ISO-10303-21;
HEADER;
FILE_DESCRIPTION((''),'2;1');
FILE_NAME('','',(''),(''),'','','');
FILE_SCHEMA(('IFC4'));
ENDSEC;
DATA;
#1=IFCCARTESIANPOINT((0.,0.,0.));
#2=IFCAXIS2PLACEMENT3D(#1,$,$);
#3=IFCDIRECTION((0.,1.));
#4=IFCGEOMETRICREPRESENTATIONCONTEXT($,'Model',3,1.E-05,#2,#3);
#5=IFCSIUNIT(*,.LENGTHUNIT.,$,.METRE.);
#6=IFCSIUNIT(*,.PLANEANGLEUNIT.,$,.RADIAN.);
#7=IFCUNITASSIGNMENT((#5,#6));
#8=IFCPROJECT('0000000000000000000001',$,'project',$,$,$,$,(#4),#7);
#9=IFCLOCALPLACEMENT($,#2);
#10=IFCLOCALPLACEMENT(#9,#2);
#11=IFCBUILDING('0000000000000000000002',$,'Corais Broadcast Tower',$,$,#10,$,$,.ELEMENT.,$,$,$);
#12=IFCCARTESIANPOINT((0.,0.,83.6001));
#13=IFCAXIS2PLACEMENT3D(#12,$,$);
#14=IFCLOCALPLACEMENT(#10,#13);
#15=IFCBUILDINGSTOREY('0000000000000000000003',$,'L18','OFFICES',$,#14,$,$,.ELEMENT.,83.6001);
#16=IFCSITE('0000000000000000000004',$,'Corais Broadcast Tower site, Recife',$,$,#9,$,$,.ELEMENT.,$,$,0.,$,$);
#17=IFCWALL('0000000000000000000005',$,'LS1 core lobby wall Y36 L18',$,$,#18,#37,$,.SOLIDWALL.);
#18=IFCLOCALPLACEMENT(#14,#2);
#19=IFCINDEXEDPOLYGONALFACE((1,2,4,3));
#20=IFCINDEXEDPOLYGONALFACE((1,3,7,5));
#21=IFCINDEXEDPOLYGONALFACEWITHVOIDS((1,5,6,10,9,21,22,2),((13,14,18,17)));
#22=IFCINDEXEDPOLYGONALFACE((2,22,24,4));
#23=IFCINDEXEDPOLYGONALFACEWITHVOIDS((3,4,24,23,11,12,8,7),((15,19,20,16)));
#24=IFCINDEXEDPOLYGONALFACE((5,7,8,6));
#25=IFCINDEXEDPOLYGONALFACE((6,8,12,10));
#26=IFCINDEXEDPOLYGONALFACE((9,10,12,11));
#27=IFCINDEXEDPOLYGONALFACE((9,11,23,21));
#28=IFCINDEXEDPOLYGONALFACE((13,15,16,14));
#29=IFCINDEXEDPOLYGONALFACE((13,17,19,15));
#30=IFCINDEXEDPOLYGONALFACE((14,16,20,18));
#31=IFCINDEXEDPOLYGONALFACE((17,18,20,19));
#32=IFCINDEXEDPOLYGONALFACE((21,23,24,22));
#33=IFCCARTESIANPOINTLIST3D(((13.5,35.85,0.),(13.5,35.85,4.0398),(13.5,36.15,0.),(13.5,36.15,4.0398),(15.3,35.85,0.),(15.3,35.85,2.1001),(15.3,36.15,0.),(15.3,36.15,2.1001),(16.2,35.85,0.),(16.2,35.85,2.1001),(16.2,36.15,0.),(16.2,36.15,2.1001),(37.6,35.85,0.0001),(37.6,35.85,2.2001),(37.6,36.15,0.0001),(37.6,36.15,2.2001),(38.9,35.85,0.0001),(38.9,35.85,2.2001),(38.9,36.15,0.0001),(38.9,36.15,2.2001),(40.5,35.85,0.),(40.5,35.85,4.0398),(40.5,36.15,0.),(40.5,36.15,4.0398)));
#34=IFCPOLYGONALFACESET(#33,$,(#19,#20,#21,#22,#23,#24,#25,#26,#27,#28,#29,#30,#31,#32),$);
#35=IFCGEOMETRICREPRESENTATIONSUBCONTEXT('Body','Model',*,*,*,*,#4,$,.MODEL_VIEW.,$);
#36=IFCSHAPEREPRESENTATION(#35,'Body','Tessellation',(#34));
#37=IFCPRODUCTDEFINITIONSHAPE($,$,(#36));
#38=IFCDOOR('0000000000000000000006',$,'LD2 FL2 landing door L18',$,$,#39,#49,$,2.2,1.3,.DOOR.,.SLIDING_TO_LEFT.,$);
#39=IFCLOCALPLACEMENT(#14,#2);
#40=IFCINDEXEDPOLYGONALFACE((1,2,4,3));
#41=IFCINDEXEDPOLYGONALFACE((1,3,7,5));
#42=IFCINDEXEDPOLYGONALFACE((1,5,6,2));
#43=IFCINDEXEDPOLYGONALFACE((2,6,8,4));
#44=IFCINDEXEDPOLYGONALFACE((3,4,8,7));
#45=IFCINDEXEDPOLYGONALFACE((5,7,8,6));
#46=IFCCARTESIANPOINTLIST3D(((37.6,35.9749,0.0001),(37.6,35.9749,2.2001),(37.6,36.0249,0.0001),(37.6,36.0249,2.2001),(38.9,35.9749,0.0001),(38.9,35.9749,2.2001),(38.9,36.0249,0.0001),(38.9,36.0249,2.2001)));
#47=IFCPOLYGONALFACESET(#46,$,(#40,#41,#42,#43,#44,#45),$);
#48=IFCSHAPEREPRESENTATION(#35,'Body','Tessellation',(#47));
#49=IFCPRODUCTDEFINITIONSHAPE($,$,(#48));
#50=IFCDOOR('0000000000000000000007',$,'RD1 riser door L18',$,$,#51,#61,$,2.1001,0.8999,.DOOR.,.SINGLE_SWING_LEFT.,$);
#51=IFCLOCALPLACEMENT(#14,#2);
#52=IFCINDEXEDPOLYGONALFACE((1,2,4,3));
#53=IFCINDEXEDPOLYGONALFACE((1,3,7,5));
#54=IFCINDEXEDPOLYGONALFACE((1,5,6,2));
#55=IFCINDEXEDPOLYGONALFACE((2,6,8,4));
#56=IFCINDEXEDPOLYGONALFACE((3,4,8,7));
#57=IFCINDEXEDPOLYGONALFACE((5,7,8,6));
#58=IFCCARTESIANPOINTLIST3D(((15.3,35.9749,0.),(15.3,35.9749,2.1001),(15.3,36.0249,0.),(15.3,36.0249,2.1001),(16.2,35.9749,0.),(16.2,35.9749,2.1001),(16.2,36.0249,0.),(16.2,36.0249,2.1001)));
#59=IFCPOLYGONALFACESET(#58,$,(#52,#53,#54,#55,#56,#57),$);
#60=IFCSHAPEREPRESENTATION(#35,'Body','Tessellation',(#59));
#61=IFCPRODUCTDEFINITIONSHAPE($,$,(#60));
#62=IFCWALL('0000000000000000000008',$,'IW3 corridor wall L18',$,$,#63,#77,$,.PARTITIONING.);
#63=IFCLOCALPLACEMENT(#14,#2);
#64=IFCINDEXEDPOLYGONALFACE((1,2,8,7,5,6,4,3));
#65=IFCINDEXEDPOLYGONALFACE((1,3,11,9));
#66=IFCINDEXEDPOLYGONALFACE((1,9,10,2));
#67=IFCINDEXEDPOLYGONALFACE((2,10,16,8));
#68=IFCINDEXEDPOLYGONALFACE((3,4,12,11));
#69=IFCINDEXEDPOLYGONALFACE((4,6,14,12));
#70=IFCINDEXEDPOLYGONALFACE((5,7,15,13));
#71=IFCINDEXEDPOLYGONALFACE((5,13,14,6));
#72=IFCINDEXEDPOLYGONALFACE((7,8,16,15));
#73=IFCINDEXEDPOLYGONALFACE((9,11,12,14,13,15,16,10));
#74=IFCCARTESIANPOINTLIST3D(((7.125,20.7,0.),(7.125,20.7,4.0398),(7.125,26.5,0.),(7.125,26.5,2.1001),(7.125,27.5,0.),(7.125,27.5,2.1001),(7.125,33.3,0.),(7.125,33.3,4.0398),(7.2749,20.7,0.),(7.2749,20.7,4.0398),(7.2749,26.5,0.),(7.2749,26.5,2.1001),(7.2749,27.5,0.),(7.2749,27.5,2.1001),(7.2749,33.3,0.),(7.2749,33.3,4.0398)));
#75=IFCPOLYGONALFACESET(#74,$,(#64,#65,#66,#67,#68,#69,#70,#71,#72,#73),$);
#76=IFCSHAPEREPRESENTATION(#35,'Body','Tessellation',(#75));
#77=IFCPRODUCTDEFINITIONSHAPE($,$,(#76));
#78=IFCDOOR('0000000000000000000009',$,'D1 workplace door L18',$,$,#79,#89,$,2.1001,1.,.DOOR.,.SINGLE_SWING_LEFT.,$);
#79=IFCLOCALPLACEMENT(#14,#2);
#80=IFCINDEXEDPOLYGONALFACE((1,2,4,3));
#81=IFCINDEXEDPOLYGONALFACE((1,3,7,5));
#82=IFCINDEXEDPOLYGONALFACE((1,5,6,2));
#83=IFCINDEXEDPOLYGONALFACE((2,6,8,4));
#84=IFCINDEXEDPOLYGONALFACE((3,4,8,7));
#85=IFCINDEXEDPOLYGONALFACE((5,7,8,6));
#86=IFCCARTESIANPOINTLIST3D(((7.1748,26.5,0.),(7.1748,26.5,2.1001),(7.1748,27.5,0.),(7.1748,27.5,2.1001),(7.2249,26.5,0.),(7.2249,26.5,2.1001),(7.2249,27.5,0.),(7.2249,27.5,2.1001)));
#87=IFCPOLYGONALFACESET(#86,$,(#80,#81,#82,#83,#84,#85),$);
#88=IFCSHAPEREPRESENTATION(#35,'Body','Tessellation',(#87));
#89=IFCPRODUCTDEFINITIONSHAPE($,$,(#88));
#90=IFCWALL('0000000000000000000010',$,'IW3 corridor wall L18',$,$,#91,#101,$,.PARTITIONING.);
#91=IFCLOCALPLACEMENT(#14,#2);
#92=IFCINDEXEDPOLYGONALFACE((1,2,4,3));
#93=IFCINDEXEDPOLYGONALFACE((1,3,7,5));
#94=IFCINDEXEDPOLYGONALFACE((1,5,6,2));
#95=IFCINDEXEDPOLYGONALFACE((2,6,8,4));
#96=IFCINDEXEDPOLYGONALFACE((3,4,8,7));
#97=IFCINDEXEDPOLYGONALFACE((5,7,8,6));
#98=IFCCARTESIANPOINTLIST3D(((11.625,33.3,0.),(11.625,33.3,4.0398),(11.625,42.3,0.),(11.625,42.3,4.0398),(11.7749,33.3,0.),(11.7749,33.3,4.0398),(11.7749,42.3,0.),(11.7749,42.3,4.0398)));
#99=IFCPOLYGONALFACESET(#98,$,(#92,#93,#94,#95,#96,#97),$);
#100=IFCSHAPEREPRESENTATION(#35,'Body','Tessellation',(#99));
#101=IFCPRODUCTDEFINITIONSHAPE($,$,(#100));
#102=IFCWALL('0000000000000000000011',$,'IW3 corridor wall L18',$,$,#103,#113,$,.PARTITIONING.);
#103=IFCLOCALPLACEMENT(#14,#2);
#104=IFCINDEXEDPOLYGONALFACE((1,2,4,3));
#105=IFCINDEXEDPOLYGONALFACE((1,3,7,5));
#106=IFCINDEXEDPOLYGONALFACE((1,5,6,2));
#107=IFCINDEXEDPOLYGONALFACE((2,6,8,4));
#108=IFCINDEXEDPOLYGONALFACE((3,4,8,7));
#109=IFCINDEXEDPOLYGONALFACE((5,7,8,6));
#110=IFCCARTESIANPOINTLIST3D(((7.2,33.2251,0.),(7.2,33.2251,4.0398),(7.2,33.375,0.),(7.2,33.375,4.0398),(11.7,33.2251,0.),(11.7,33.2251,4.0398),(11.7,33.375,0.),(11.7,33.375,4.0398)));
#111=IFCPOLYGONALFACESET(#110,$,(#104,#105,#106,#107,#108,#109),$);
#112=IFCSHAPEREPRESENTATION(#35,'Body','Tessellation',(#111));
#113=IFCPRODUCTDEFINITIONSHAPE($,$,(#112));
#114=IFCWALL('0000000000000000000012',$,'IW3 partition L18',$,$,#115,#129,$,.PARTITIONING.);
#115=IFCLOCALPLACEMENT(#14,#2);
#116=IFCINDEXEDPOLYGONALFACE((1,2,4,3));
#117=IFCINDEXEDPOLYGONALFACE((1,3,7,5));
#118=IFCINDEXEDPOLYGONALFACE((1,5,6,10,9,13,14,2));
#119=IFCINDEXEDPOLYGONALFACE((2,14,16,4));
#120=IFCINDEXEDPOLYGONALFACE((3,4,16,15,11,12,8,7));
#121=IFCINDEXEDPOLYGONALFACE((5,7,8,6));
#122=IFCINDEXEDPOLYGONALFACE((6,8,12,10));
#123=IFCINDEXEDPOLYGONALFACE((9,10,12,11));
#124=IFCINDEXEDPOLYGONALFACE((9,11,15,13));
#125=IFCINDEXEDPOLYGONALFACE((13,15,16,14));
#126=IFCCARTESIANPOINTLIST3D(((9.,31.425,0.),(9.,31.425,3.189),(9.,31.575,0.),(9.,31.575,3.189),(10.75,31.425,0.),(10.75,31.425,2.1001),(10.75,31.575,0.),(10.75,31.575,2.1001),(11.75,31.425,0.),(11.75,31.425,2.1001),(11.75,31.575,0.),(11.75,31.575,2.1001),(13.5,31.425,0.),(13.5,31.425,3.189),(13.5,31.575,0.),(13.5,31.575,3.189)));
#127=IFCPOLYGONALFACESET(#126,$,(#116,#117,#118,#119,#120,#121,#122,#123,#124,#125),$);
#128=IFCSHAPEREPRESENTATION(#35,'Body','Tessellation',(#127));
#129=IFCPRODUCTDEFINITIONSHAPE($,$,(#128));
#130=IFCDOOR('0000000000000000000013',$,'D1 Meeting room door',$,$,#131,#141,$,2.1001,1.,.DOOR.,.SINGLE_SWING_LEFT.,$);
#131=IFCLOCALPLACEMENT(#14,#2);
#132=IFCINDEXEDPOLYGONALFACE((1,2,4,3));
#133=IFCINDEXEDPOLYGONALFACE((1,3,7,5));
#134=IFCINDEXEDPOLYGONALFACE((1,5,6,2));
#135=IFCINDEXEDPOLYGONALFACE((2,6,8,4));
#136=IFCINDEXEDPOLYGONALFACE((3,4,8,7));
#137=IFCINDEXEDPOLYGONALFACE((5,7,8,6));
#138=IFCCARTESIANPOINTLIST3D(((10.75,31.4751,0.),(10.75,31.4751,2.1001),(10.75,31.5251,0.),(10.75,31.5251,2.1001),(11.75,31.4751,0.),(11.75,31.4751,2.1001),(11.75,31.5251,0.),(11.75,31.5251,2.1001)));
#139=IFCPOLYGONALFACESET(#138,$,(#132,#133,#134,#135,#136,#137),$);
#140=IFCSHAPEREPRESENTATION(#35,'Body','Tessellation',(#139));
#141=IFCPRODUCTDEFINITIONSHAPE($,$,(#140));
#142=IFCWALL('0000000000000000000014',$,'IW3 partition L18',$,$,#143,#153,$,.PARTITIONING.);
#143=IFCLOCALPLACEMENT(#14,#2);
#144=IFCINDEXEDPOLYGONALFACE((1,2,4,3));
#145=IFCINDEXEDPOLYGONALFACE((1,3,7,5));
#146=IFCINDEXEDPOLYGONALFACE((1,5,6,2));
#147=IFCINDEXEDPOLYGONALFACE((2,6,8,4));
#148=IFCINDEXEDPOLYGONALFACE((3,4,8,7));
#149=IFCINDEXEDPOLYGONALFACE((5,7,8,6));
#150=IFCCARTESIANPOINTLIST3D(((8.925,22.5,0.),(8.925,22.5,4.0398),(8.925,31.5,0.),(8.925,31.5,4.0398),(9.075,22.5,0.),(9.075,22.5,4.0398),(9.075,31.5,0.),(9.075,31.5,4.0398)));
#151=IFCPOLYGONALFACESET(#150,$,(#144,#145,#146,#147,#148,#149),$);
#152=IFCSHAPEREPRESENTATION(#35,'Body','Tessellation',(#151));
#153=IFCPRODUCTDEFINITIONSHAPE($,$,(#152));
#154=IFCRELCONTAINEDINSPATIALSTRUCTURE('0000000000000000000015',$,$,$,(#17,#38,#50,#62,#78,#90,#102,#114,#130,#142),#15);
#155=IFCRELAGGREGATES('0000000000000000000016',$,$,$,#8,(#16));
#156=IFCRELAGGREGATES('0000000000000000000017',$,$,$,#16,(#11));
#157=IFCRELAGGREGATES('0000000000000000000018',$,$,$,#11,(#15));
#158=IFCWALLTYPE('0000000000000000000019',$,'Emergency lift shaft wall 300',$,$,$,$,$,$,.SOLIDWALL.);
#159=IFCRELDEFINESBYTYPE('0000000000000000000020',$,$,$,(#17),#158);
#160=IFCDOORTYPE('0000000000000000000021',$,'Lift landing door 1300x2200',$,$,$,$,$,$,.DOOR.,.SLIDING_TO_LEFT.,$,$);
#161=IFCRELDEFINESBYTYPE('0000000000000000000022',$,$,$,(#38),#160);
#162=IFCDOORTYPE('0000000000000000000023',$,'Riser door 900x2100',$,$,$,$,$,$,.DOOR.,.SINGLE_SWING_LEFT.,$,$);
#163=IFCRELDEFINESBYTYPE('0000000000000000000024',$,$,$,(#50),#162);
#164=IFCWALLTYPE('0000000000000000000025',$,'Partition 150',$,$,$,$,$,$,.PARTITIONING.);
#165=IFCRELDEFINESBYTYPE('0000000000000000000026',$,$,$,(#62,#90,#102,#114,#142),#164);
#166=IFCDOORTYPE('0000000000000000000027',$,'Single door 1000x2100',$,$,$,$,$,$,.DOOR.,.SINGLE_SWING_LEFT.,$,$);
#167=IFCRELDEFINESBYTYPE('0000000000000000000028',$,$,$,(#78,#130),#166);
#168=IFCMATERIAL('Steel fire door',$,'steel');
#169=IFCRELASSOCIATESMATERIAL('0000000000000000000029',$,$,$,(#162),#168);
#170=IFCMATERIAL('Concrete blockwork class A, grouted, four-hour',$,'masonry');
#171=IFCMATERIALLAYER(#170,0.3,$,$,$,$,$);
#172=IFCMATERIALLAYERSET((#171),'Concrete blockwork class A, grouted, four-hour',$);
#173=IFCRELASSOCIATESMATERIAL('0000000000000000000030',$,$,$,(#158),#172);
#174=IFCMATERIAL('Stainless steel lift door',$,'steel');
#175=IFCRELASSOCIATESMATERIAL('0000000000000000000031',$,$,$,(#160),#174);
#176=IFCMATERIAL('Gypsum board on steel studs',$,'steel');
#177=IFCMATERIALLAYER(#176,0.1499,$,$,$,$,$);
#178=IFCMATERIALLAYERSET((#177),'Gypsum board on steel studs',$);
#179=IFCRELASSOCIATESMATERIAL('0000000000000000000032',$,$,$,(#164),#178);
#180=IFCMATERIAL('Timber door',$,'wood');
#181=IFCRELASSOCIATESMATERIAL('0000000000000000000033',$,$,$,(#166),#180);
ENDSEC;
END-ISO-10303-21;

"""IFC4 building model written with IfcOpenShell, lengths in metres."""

from ifc_helpers import new_model, si_unit, direction, frame, frame_2d, origin, place, context, subcontext, project, spatial, rectangle, extrude, material, layer, layer_set, type_object, element, fill, save


model = new_model("IFC4")

# Units and contexts
model_context = context("Model", 3, precision=1e-05, world=origin(), true_north=direction((0.0, 1.0)))
body_context = subcontext(model_context, "Body", "Model", "MODEL_VIEW")
ifc_project = project(units=[si_unit("LENGTHUNIT", "METRE"), si_unit("PLANEANGLEUNIT", "RADIAN")], contexts=[model_context])

# Site, building, storey
site_placement = place(None, origin())
site = spatial("IfcSite", under=ifc_project, at=site_placement, Name="Corais Broadcast Tower site, Recife", CompositionType="ELEMENT", RefElevation=0.0)
building_placement = place(site_placement, origin())
building = spatial("IfcBuilding", under=site, at=building_placement, Name="Corais Broadcast Tower", CompositionType="ELEMENT")
storey_placement = place(building_placement, frame((0.0, 0.0, 83.6001)))
storey = spatial("IfcBuildingStorey", under=building, at=storey_placement, Name="L18", Description="OFFICES", CompositionType="ELEMENT", Elevation=83.6001)

# Wall, openings, doors
ifc_material_1 = material(Name="Steel fire door", Category="steel")
door_type_1 = type_object("IfcDoorType", Name="Riser door 900x2100", OperationType="SINGLE_SWING_LEFT", PredefinedType="DOOR", material=ifc_material_1)
ifc_material_2 = material(Name="Concrete blockwork class A, grouted, four-hour", Category="masonry")
ifc_layer_1 = layer(ifc_material_2, 0.3)
ifc_layer_set_1 = layer_set([ifc_layer_1], Name="Concrete blockwork class A, grouted, four-hour")
wall_type_1 = type_object("IfcWallType", Name="Emergency lift shaft wall 300", PredefinedType="SOLIDWALL", material=ifc_layer_set_1)
wall_1_placement = place(storey_placement, frame((13.5, 36.0, 0.0), z_axis=(0.0, 0.0, 1.0), x_axis=(1.0, 0.0, 0.0)))
wall_1 = element("IfcWall", 1, at=wall_1_placement, inside=storey, type_object=wall_type_1, Name="LS1 core lobby wall Y36 L18", PredefinedType="SOLIDWALL", context=body_context, shape_type="SweptSolid", body=[
    extrude(rectangle(XDim=27.0, YDim=0.3, at=frame_2d((13.5, 0.0))), origin(), (0.0, 0.0, 1.0), 4.0398),
])
opening_1_placement = place(wall_1_placement, frame((1.8, 0.0, 0.0)))
opening_1 = element("IfcOpeningElement", 2, at=opening_1_placement, cuts=wall_1, PredefinedType="OPENING", context=body_context, shape_type="SweptSolid", body=[
    extrude(rectangle(XDim=0.8999, YDim=2.1001, at=frame_2d((0.45, 1.05))), frame((0.0, 0.1599, 0.0), z_axis=(0.0, -1.0, 0.0), x_axis=(1.0, 0.0, 0.0)), (0.0, 0.0, 1.0), 0.3201),
])
opening_2_placement = place(wall_1_placement, frame((24.1001, 0.0, 0.0)))
opening_2 = element("IfcOpeningElement", 3, at=opening_2_placement, cuts=wall_1, PredefinedType="OPENING", context=body_context, shape_type="SweptSolid", body=[
    extrude(rectangle(XDim=1.3, YDim=2.2, at=frame_2d((0.6499, 1.1001))), frame((0.0, 0.1599, 0.0), z_axis=(0.0, -1.0, 0.0), x_axis=(1.0, 0.0, 0.0)), (0.0, 0.0, 1.0), 0.3201),
])
ifc_material_3 = material(Name="Stainless steel lift door", Category="steel")
door_type_2 = type_object("IfcDoorType", Name="Lift landing door 1300x2200", OperationType="SLIDING_TO_LEFT", PredefinedType="DOOR", material=ifc_material_3)
door_1_placement = place(opening_2_placement, origin())
door_1 = element("IfcDoor", 4, at=door_1_placement, inside=storey, type_object=door_type_2, Name="LD2 FL2 landing door L18", OperationType="SLIDING_TO_LEFT", OverallHeight=2.2, OverallWidth=1.3, PredefinedType="DOOR", context=body_context, shape_type="SweptSolid", body=[
    extrude(rectangle(XDim=1.3, YDim=2.2, at=frame_2d((0.6499, 1.1001))), frame((0.0, 0.0249, 0.0), z_axis=(0.0, -1.0, 0.0), x_axis=(1.0, 0.0, 0.0)), (0.0, 0.0, 1.0), 0.05),
])
fill(opening_2, door_1)
door_2_placement = place(opening_1_placement, origin())
door_2 = element("IfcDoor", 5, at=door_2_placement, inside=storey, type_object=door_type_1, Name="RD1 riser door L18", OperationType="SINGLE_SWING_LEFT", OverallHeight=2.1001, OverallWidth=0.8999, PredefinedType="DOOR", context=body_context, shape_type="SweptSolid", body=[
    extrude(rectangle(XDim=0.8999, YDim=2.1001, at=frame_2d((0.45, 1.05))), frame((0.0, 0.0249, 0.0), z_axis=(0.0, -1.0, 0.0), x_axis=(1.0, 0.0, 0.0)), (0.0, 0.0, 1.0), 0.05),
])
fill(opening_1, door_2)

# Wall, opening, door
ifc_material_4 = material(Name="Gypsum board on steel studs", Category="steel")
ifc_layer_2 = layer(ifc_material_4, 0.1499)
ifc_layer_set_2 = layer_set([ifc_layer_2], Name="Gypsum board on steel studs")
wall_type_2 = type_object("IfcWallType", Name="Partition 150", PredefinedType="PARTITIONING", material=ifc_layer_set_2)
wall_2_placement = place(storey_placement, frame((7.2, 33.3, 0.0), z_axis=(0.0, 0.0, 1.0), x_axis=(0.0, -1.0, 0.0)))
wall_2 = element("IfcWall", 6, at=wall_2_placement, inside=storey, type_object=wall_type_2, Name="IW3 corridor wall L18", PredefinedType="PARTITIONING", context=body_context, shape_type="SweptSolid", body=[
    extrude(rectangle(XDim=12.6001, YDim=0.1499, at=frame_2d((6.3, 0.0))), origin(), (0.0, 0.0, 1.0), 4.0398),
])
opening_3_placement = place(wall_2_placement, frame((5.8, 0.0, 0.0)))
opening_3 = element("IfcOpeningElement", 7, at=opening_3_placement, cuts=wall_2, PredefinedType="OPENING", context=body_context, shape_type="SweptSolid", body=[
    extrude(rectangle(XDim=1.0, YDim=2.1001, at=frame_2d((0.5, 1.05))), frame((0.0, 0.085, 0.0), z_axis=(0.0, -1.0, 0.0), x_axis=(1.0, 0.0, 0.0)), (0.0, 0.0, 1.0), 0.1699),
])
ifc_material_5 = material(Name="Timber door", Category="wood")
door_type_3 = type_object("IfcDoorType", Name="Single door 1000x2100", OperationType="SINGLE_SWING_LEFT", PredefinedType="DOOR", material=ifc_material_5)
door_3_placement = place(opening_3_placement, origin())
door_3 = element("IfcDoor", 8, at=door_3_placement, inside=storey, type_object=door_type_3, Name="D1 workplace door L18", OperationType="SINGLE_SWING_LEFT", OverallHeight=2.1001, OverallWidth=1.0, PredefinedType="DOOR", context=body_context, shape_type="SweptSolid", body=[
    extrude(rectangle(XDim=1.0, YDim=2.1001, at=frame_2d((0.5, 1.05))), frame((0.0, 0.0249, 0.0), z_axis=(0.0, -1.0, 0.0), x_axis=(1.0, 0.0, 0.0)), (0.0, 0.0, 1.0), 0.05),
])
fill(opening_3, door_3)

# Walls
wall_3_placement = place(storey_placement, frame((11.7, 42.3, 0.0), z_axis=(0.0, 0.0, 1.0), x_axis=(0.0, -1.0, 0.0)))
element("IfcWall", 9, at=wall_3_placement, inside=storey, type_object=wall_type_2, Name="IW3 corridor wall L18", PredefinedType="PARTITIONING", context=body_context, shape_type="SweptSolid", body=[
    extrude(rectangle(XDim=9.0, YDim=0.1499, at=frame_2d((4.5, 0.0))), origin(), (0.0, 0.0, 1.0), 4.0398),
])
wall_4_placement = place(storey_placement, frame((11.7, 33.3, 0.0), z_axis=(0.0, 0.0, 1.0), x_axis=(-1.0, 0.0, 0.0)))
element("IfcWall", 10, at=wall_4_placement, inside=storey, type_object=wall_type_2, Name="IW3 corridor wall L18", PredefinedType="PARTITIONING", context=body_context, shape_type="SweptSolid", body=[
    extrude(rectangle(XDim=4.5, YDim=0.1499, at=frame_2d((2.25, 0.0))), origin(), (0.0, 0.0, 1.0), 4.0398),
])

# Wall, opening, door
wall_5_placement = place(storey_placement, frame((13.5, 31.5, 0.0), z_axis=(0.0, 0.0, 1.0), x_axis=(-1.0, 0.0, 0.0)))
wall_5 = element("IfcWall", 11, at=wall_5_placement, inside=storey, type_object=wall_type_2, Name="IW3 partition L18", PredefinedType="PARTITIONING", context=body_context, shape_type="SweptSolid", body=[
    extrude(rectangle(XDim=4.5, YDim=0.1499, at=frame_2d((2.25, 0.0))), origin(), (0.0, 0.0, 1.0), 3.189),
])
opening_4_placement = place(wall_5_placement, frame((1.75, 0.0, 0.0)))
opening_4 = element("IfcOpeningElement", 12, at=opening_4_placement, cuts=wall_5, PredefinedType="OPENING", context=body_context, shape_type="SweptSolid", body=[
    extrude(rectangle(XDim=1.0, YDim=2.1001, at=frame_2d((0.5, 1.05))), frame((0.0, 0.085, 0.0), z_axis=(0.0, -1.0, 0.0), x_axis=(1.0, 0.0, 0.0)), (0.0, 0.0, 1.0), 0.1699),
])
door_4_placement = place(opening_4_placement, origin())
door_4 = element("IfcDoor", 13, at=door_4_placement, inside=storey, type_object=door_type_3, Name="D1 Meeting room door", OperationType="SINGLE_SWING_LEFT", OverallHeight=2.1001, OverallWidth=1.0, PredefinedType="DOOR", context=body_context, shape_type="SweptSolid", body=[
    extrude(rectangle(XDim=1.0, YDim=2.1001, at=frame_2d((0.5, 1.05))), frame((0.0, 0.0249, 0.0), z_axis=(0.0, -1.0, 0.0), x_axis=(1.0, 0.0, 0.0)), (0.0, 0.0, 1.0), 0.05),
])
fill(opening_4, door_4)

# Wall
wall_6_placement = place(storey_placement, frame((9.0, 31.5, 0.0), z_axis=(0.0, 0.0, 1.0), x_axis=(0.0, -1.0, 0.0)))
element("IfcWall", 14, at=wall_6_placement, inside=storey, type_object=wall_type_2, Name="IW3 partition L18", PredefinedType="PARTITIONING", context=body_context, shape_type="SweptSolid", body=[
    extrude(rectangle(XDim=9.0, YDim=0.1499, at=frame_2d((4.5, 0.0))), origin(), (0.0, 0.0, 1.0), 4.0398),
])

save(model, "model.ifc")
